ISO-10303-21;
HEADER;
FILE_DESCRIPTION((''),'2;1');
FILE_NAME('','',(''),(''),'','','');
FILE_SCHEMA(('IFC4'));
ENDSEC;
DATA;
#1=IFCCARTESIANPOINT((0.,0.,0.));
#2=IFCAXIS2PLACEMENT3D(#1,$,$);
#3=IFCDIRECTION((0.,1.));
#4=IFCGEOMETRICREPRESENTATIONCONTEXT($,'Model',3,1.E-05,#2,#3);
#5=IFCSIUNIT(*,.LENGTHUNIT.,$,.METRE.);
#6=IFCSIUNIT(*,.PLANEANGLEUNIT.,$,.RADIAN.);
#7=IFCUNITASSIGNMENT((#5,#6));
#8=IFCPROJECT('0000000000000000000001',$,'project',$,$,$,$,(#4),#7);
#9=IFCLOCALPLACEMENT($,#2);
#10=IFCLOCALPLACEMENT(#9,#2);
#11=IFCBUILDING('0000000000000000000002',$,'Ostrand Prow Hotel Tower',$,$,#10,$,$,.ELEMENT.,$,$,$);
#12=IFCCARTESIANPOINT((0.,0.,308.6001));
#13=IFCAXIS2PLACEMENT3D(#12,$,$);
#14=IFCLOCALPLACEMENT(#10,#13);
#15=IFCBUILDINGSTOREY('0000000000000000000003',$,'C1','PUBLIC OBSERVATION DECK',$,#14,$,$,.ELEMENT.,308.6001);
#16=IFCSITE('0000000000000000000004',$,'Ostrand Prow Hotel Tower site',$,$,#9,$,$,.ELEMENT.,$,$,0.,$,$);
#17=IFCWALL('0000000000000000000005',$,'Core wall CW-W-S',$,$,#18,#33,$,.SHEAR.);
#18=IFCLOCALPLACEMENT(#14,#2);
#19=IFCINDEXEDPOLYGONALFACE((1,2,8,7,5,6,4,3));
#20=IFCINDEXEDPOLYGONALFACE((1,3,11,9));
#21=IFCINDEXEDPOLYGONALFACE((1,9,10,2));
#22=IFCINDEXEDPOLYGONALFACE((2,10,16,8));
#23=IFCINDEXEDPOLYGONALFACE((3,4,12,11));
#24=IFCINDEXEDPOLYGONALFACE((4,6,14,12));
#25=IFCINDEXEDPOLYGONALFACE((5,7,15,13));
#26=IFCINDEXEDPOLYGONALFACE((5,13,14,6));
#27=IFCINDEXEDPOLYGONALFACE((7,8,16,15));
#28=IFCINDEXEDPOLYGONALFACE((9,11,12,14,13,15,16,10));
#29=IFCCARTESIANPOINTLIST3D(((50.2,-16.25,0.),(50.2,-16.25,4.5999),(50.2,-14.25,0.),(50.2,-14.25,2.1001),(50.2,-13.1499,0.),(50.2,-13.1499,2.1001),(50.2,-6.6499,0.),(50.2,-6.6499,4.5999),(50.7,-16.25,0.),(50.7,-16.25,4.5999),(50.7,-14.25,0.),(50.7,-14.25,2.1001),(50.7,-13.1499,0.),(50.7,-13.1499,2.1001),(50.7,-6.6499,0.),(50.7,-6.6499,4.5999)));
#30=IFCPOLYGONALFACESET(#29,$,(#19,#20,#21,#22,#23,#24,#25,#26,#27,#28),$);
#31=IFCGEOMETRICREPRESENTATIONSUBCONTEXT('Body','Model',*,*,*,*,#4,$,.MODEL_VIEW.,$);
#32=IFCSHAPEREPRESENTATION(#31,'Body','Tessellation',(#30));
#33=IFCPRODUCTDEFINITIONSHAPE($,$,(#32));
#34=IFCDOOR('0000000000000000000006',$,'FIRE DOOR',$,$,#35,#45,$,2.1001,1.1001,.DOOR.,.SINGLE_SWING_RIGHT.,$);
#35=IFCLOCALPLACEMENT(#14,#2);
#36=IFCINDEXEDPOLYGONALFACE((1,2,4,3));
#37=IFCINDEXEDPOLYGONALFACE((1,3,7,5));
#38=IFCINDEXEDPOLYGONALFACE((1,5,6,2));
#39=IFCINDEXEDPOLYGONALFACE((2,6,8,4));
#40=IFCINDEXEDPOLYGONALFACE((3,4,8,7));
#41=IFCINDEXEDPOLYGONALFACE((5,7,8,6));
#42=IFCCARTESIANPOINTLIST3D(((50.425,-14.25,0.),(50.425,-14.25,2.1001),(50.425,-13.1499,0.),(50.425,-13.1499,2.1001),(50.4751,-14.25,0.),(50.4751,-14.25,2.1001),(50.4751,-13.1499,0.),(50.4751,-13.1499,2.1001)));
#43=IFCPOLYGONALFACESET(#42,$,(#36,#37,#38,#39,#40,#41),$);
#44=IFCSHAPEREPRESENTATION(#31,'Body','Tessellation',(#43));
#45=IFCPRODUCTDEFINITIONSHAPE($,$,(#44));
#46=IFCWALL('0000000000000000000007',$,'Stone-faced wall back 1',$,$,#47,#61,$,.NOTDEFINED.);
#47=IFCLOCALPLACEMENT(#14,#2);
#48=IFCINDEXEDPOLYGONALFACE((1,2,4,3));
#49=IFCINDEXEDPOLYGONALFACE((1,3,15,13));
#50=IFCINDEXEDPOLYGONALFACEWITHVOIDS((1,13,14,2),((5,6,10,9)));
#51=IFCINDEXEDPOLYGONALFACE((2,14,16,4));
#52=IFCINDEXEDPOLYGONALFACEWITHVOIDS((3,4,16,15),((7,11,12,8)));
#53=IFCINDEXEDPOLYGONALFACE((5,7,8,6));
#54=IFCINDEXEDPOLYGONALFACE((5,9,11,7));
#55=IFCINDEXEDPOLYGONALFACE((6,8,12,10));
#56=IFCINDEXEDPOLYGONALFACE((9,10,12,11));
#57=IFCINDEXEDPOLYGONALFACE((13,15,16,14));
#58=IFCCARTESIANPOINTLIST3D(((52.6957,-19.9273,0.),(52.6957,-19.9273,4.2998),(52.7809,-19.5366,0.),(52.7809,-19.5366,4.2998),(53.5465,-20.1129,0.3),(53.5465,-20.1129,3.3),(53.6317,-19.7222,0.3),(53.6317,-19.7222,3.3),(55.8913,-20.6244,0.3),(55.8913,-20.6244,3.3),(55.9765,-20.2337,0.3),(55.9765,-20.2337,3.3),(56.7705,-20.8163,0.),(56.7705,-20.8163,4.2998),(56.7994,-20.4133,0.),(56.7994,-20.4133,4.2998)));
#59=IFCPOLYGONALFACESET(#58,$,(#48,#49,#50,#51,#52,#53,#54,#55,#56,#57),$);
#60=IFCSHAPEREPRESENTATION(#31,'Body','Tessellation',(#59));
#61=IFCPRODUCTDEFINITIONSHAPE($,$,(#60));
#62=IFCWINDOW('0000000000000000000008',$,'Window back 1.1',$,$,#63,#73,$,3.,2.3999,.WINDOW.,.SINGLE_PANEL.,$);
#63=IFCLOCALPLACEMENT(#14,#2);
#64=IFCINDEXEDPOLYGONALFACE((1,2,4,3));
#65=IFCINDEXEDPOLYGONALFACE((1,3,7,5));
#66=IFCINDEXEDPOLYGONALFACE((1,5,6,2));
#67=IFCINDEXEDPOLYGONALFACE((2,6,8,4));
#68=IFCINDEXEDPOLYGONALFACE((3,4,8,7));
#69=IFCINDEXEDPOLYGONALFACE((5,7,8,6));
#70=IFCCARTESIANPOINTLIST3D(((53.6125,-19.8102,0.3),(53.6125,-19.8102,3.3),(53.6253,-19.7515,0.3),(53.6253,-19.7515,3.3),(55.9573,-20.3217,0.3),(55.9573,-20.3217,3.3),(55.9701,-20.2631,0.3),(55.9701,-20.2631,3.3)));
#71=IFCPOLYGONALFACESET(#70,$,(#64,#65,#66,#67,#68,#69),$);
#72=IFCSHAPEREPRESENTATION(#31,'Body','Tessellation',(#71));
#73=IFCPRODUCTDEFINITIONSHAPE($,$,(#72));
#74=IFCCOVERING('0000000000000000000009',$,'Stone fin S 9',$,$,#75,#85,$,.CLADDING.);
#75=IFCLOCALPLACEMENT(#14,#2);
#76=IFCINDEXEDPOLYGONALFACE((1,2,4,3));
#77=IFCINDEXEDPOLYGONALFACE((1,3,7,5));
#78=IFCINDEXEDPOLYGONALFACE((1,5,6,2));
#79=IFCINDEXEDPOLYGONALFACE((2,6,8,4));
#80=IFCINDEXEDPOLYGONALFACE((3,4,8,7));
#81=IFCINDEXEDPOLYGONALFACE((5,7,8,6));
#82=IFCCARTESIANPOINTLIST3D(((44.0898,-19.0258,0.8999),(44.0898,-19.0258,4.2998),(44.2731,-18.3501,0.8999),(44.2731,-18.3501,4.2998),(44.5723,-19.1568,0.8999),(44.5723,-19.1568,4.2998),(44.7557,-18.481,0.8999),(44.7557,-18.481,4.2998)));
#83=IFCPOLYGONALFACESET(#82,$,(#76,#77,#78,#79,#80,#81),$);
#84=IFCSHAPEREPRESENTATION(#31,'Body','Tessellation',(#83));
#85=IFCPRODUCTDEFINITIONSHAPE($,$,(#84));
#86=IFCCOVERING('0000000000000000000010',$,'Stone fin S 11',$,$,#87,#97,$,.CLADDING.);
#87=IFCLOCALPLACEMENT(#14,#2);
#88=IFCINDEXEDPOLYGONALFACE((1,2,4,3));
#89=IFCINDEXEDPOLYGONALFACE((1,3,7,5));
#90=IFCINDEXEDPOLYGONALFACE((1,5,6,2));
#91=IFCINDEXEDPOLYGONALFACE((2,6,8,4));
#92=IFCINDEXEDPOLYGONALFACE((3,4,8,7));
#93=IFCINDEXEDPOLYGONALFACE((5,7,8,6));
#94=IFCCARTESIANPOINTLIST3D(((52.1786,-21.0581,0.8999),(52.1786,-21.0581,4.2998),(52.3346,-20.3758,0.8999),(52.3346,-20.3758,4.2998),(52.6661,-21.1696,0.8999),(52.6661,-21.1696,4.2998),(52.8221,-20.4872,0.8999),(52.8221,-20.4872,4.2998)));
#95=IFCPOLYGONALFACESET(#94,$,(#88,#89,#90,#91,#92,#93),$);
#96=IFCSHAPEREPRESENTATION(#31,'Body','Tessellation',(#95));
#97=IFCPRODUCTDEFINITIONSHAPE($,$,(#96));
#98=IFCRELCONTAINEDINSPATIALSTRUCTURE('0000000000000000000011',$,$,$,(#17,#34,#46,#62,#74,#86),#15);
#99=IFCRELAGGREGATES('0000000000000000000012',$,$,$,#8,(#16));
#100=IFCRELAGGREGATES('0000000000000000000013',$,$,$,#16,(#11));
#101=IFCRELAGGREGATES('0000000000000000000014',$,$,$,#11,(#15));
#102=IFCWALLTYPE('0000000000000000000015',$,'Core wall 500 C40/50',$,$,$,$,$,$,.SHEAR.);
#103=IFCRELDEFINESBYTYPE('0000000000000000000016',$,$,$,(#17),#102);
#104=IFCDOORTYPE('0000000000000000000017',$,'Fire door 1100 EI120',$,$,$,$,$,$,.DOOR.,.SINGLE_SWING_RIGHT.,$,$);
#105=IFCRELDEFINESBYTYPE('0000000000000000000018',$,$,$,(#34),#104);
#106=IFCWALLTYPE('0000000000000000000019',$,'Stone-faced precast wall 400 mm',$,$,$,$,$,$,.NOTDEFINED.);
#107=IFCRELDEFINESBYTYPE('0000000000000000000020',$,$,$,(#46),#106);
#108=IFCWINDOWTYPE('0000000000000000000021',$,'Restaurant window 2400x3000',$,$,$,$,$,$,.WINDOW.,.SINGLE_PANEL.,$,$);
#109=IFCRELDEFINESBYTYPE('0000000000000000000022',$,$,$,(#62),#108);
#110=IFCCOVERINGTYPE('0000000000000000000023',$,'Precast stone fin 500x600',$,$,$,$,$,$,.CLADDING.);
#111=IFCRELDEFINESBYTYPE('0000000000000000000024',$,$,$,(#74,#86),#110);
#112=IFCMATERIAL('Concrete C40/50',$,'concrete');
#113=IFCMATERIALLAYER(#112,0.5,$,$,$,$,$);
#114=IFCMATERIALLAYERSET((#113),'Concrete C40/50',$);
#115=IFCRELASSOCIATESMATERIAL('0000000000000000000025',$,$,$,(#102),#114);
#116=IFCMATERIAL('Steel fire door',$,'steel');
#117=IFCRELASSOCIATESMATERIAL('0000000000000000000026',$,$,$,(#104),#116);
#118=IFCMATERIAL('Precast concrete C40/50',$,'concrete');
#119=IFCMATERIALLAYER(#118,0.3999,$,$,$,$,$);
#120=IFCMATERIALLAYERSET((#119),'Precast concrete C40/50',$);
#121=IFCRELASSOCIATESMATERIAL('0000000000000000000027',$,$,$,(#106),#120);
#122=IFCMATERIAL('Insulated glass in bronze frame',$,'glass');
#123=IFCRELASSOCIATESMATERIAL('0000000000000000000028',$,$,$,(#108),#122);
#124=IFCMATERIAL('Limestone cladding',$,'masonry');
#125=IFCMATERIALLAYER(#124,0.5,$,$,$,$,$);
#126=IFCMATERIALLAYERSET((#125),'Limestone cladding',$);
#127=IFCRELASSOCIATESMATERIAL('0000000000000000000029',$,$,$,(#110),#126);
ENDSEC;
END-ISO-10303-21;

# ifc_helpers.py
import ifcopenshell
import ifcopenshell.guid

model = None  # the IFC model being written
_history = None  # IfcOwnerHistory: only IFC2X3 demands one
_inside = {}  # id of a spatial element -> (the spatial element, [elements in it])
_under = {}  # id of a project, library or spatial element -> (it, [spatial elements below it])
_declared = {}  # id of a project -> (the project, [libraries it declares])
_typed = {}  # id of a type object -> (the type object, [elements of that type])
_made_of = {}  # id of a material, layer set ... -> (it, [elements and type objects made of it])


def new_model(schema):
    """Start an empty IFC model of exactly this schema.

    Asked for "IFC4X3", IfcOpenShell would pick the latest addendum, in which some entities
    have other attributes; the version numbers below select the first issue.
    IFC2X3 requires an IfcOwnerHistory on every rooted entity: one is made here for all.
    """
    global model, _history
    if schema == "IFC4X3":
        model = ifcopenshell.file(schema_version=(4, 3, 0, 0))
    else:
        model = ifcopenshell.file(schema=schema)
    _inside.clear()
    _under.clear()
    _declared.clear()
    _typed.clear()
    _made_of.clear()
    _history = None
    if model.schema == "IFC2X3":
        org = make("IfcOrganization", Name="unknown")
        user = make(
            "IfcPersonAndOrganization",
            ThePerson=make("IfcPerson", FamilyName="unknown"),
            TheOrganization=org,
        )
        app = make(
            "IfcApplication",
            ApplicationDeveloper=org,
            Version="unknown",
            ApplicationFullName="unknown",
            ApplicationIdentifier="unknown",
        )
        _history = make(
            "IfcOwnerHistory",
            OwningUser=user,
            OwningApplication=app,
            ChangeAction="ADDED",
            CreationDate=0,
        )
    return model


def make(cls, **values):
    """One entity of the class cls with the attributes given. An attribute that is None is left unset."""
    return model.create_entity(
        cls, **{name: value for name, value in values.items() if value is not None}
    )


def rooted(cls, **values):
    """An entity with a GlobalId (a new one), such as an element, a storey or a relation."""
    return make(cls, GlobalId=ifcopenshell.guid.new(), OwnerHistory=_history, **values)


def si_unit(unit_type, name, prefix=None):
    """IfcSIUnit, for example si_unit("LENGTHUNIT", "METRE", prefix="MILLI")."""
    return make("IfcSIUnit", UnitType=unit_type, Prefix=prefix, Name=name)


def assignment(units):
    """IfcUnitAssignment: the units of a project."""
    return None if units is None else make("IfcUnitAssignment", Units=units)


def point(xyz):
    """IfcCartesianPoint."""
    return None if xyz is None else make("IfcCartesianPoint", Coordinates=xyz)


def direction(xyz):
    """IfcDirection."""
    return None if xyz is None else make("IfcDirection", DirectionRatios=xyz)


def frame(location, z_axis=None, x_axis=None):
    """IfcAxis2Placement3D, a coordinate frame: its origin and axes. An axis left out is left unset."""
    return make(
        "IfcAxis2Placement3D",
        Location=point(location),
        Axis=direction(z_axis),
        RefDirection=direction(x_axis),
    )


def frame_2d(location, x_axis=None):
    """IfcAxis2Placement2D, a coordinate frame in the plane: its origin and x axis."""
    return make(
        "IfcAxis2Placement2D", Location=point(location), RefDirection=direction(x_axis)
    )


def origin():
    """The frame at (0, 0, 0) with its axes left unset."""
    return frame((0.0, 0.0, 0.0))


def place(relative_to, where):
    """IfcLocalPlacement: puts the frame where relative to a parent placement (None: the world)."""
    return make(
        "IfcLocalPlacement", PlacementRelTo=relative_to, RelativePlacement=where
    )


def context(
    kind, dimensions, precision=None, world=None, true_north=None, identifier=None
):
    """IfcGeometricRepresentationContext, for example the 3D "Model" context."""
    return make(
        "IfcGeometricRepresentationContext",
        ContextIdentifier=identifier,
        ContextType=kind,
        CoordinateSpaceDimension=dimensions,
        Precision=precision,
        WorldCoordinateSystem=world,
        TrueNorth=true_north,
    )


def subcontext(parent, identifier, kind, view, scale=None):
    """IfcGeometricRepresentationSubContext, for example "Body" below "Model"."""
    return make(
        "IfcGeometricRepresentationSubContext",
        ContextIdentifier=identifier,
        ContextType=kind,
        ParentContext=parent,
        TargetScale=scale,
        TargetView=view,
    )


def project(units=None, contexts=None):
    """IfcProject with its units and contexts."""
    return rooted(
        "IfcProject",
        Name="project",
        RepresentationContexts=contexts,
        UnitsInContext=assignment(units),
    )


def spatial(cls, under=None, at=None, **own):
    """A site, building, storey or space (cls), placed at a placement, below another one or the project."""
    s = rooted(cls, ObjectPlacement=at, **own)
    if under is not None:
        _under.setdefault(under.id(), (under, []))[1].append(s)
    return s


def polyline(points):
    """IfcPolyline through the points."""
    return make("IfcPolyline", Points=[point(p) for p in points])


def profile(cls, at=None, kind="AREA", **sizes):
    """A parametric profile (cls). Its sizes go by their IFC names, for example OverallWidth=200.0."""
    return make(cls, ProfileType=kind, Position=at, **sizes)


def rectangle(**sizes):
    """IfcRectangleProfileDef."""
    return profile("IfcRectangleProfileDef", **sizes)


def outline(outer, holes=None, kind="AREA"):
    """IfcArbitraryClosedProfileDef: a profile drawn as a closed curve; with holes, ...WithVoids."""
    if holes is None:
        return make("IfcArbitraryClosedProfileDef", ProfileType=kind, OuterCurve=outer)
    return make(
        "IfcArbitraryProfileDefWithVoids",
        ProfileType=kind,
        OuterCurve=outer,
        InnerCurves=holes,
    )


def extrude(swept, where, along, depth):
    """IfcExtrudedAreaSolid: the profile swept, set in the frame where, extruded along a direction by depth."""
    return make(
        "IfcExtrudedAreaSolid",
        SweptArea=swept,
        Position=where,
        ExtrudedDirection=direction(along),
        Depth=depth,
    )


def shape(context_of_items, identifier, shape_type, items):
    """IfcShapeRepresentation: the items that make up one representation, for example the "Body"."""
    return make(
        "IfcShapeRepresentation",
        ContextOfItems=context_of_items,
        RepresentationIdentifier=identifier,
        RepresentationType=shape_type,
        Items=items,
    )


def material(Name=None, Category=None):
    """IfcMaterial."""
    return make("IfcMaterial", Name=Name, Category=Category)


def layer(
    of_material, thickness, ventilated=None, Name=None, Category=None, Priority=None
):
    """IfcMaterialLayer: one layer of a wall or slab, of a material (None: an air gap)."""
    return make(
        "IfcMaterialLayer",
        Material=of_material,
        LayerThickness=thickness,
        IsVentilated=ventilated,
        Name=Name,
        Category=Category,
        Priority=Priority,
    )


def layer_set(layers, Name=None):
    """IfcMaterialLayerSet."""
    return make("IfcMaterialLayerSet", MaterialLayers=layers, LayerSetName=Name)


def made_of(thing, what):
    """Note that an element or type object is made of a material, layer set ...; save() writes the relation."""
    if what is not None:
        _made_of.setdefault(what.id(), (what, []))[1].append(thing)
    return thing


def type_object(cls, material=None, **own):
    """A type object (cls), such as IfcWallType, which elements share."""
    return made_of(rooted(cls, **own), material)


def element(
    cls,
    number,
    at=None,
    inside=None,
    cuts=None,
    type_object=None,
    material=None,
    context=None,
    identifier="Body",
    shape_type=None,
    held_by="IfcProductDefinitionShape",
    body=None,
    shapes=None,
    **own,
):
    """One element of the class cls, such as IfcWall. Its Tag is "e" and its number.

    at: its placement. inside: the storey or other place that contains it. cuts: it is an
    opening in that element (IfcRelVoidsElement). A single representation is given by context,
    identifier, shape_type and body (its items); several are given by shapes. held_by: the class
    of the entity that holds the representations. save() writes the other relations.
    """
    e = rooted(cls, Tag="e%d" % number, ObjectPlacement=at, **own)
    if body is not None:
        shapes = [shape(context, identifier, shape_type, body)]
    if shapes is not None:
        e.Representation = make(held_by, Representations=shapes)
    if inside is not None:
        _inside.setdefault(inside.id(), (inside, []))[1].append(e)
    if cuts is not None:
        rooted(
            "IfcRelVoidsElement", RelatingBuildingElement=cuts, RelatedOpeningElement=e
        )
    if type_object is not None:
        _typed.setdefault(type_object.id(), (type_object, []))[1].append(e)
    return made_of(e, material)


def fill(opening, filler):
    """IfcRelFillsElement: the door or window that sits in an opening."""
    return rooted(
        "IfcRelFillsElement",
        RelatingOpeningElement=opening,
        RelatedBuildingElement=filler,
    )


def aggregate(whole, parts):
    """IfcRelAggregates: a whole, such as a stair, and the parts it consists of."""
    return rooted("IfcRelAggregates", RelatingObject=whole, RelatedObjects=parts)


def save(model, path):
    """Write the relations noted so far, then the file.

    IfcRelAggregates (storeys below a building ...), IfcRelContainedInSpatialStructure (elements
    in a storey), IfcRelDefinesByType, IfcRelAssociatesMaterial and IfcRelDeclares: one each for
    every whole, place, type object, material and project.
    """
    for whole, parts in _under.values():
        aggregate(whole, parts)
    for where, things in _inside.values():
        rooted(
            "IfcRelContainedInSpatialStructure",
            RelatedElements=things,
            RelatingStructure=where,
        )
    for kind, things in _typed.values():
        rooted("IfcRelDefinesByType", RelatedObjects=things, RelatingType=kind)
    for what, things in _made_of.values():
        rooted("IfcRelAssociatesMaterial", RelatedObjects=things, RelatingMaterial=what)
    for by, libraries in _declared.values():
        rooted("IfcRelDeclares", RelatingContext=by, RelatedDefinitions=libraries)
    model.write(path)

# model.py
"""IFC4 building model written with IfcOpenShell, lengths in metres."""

from ifc_helpers import new_model, si_unit, direction, frame, frame_2d, origin, place, context, subcontext, project, spatial, polyline, rectangle, outline, extrude, material, layer, layer_set, type_object, element, fill, save


model = new_model("IFC4")

# Units and contexts
model_context = context("Model", 3, precision=1e-05, world=origin(), true_north=direction((0.0, 1.0)))
body_context = subcontext(model_context, "Body", "Model", "MODEL_VIEW")
ifc_project = project(units=[si_unit("LENGTHUNIT", "METRE"), si_unit("PLANEANGLEUNIT", "RADIAN")], contexts=[model_context])

# Site, building, storey
site_placement = place(None, origin())
site = spatial("IfcSite", under=ifc_project, at=site_placement, Name="Ostrand Prow Hotel Tower site", CompositionType="ELEMENT", RefElevation=0.0)
building_placement = place(site_placement, origin())
building = spatial("IfcBuilding", under=site, at=building_placement, Name="Ostrand Prow Hotel Tower", CompositionType="ELEMENT")
storey_placement = place(building_placement, frame((0.0, 0.0, 308.6001)))
storey = spatial("IfcBuildingStorey", under=building, at=storey_placement, Name="C1", Description="PUBLIC OBSERVATION DECK", CompositionType="ELEMENT", Elevation=308.6001)

# Wall, opening, door
ifc_material_1 = material(Name="Concrete C40/50", Category="concrete")
ifc_layer_1 = layer(ifc_material_1, 0.5)
ifc_layer_set_1 = layer_set([ifc_layer_1], Name="Concrete C40/50")
wall_type_1 = type_object("IfcWallType", Name="Core wall 500 C40/50", PredefinedType="SHEAR", material=ifc_layer_set_1)
wall_1_placement = place(storey_placement, frame((50.45, -16.25, 0.0), z_axis=(0.0, 0.0, 1.0), x_axis=(0.0, 1.0, 0.0)))
wall_1 = element("IfcWall", 1, at=wall_1_placement, inside=storey, type_object=wall_type_1, Name="Core wall CW-W-S", PredefinedType="SHEAR", context=body_context, shape_type="SweptSolid", body=[
    extrude(rectangle(XDim=9.6001, YDim=0.5, at=frame_2d((4.8, 0.0))), origin(), (0.0, 0.0, 1.0), 4.5999),
])
opening_1_placement = place(wall_1_placement, frame((2.0, 0.0, 0.0)))
opening_1 = element("IfcOpeningElement", 2, at=opening_1_placement, cuts=wall_1, PredefinedType="OPENING", context=body_context, shape_type="SweptSolid", body=[
    extrude(rectangle(XDim=1.1001, YDim=2.1001, at=frame_2d((0.55, 1.05))), frame((0.0, 0.26, 0.0), z_axis=(0.0, -1.0, 0.0), x_axis=(1.0, 0.0, 0.0)), (0.0, 0.0, 1.0), 0.52),
])
ifc_material_2 = material(Name="Steel fire door", Category="steel")
door_type = type_object("IfcDoorType", Name="Fire door 1100 EI120", OperationType="SINGLE_SWING_RIGHT", PredefinedType="DOOR", material=ifc_material_2)
door_placement = place(opening_1_placement, origin())
door = element("IfcDoor", 3, at=door_placement, inside=storey, type_object=door_type, Name="FIRE DOOR", OperationType="SINGLE_SWING_RIGHT", OverallHeight=2.1001, OverallWidth=1.1001, PredefinedType="DOOR", context=body_context, shape_type="SweptSolid", body=[
    extrude(rectangle(XDim=1.1001, YDim=2.1001, at=frame_2d((0.55, 1.05))), frame((0.0, 0.0249, 0.0), z_axis=(0.0, -1.0, 0.0), x_axis=(1.0, 0.0, 0.0)), (0.0, 0.0, 1.0), 0.05),
])
fill(opening_1, door)

# Wall, opening, window
ifc_material_3 = material(Name="Precast concrete C40/50", Category="concrete")
ifc_layer_2 = layer(ifc_material_3, 0.3999)
ifc_layer_set_2 = layer_set([ifc_layer_2], Name="Precast concrete C40/50")
wall_type_2 = type_object("IfcWallType", Name="Stone-faced precast wall 400 mm", PredefinedType="NOTDEFINED", material=ifc_layer_set_2)
wall_2_placement = place(storey_placement, frame((52.7383, -19.7319, 0.0), z_axis=(0.0, 0.0, 1.0), x_axis=(0.97702, -0.213147, 0.0)))
wall_2 = element("IfcWall", 4, at=wall_2_placement, inside=storey, type_object=wall_type_2, Name="Stone-faced wall back 1", PredefinedType="NOTDEFINED", context=body_context, shape_type="SweptSolid", body=[
    extrude(outline(polyline([(0.0, -0.2), (4.1707, -0.2), (4.113, 0.2), (0.0, 0.2), (0.0, -0.2)])), origin(), (0.0, 0.0, 1.0), 4.2998),
])
opening_2_placement = place(wall_2_placement, frame((0.8708, 0.0, 0.3)))
opening_2 = element("IfcOpeningElement", 5, at=opening_2_placement, cuts=wall_2, PredefinedType="OPENING", context=body_context, shape_type="SweptSolid", body=[
    extrude(rectangle(XDim=2.3999, YDim=3.0, at=frame_2d((1.2, 1.5))), frame((0.0, 0.21, 0.0), z_axis=(0.0, -1.0, 0.0), x_axis=(1.0, 0.0, 0.0)), (0.0, 0.0, 1.0), 0.4199),
])
ifc_material_4 = material(Name="Insulated glass in bronze frame", Category="glass")
window_type = type_object("IfcWindowType", Name="Restaurant window 2400x3000", PartitioningType="SINGLE_PANEL", PredefinedType="WINDOW", material=ifc_material_4)
window_placement = place(opening_2_placement, origin())
window = element("IfcWindow", 6, at=window_placement, inside=storey, type_object=window_type, Name="Window back 1.1", OverallHeight=3.0, OverallWidth=2.3999, PartitioningType="SINGLE_PANEL", PredefinedType="WINDOW", context=body_context, shape_type="SweptSolid", body=[
    extrude(rectangle(XDim=2.3999, YDim=3.0, at=frame_2d((1.2, 1.5))), frame((0.0, 0.1699, 0.0), z_axis=(0.0, -1.0, 0.0), x_axis=(1.0, 0.0, 0.0)), (0.0, 0.0, 1.0), 0.0601),
])
fill(opening_2, window)

# Coverings
ifc_material_5 = material(Name="Limestone cladding", Category="masonry")
ifc_layer_3 = layer(ifc_material_5, 0.5)
ifc_layer_set_3 = layer_set([ifc_layer_3], Name="Limestone cladding")
covering_type = type_object("IfcCoveringType", Name="Precast stone fin 500x600", PredefinedType="CLADDING", material=ifc_layer_set_3)
covering_1_placement = place(storey_placement, frame((44.5144, -18.4155, 0.8999), z_axis=(0.0, 0.0, 1.0), x_axis=(-0.261849, -0.965109, 0.0)))
element("IfcCovering", 7, at=covering_1_placement, inside=storey, type_object=covering_type, Name="Stone fin S 9", PredefinedType="CLADDING", context=body_context, shape_type="SweptSolid", body=[
    extrude(rectangle(XDim=0.7002, YDim=0.5, at=frame_2d((0.3501, 0.0))), origin(), (0.0, 0.0, 1.0), 3.3999),
])
covering_2_placement = place(storey_placement, frame((52.5784, -20.4314, 0.8999), z_axis=(0.0, 0.0, 1.0), x_axis=(-0.222872, -0.974848, 0.0)))
element("IfcCovering", 8, at=covering_2_placement, inside=storey, type_object=covering_type, Name="Stone fin S 11", PredefinedType="CLADDING", context=body_context, shape_type="SweptSolid", body=[
    extrude(rectangle(XDim=0.7, YDim=0.5, at=frame_2d((0.3501, 0.0))), origin(), (0.0, 0.0, 1.0), 3.3999),
])

save(model, "model.ifc")
